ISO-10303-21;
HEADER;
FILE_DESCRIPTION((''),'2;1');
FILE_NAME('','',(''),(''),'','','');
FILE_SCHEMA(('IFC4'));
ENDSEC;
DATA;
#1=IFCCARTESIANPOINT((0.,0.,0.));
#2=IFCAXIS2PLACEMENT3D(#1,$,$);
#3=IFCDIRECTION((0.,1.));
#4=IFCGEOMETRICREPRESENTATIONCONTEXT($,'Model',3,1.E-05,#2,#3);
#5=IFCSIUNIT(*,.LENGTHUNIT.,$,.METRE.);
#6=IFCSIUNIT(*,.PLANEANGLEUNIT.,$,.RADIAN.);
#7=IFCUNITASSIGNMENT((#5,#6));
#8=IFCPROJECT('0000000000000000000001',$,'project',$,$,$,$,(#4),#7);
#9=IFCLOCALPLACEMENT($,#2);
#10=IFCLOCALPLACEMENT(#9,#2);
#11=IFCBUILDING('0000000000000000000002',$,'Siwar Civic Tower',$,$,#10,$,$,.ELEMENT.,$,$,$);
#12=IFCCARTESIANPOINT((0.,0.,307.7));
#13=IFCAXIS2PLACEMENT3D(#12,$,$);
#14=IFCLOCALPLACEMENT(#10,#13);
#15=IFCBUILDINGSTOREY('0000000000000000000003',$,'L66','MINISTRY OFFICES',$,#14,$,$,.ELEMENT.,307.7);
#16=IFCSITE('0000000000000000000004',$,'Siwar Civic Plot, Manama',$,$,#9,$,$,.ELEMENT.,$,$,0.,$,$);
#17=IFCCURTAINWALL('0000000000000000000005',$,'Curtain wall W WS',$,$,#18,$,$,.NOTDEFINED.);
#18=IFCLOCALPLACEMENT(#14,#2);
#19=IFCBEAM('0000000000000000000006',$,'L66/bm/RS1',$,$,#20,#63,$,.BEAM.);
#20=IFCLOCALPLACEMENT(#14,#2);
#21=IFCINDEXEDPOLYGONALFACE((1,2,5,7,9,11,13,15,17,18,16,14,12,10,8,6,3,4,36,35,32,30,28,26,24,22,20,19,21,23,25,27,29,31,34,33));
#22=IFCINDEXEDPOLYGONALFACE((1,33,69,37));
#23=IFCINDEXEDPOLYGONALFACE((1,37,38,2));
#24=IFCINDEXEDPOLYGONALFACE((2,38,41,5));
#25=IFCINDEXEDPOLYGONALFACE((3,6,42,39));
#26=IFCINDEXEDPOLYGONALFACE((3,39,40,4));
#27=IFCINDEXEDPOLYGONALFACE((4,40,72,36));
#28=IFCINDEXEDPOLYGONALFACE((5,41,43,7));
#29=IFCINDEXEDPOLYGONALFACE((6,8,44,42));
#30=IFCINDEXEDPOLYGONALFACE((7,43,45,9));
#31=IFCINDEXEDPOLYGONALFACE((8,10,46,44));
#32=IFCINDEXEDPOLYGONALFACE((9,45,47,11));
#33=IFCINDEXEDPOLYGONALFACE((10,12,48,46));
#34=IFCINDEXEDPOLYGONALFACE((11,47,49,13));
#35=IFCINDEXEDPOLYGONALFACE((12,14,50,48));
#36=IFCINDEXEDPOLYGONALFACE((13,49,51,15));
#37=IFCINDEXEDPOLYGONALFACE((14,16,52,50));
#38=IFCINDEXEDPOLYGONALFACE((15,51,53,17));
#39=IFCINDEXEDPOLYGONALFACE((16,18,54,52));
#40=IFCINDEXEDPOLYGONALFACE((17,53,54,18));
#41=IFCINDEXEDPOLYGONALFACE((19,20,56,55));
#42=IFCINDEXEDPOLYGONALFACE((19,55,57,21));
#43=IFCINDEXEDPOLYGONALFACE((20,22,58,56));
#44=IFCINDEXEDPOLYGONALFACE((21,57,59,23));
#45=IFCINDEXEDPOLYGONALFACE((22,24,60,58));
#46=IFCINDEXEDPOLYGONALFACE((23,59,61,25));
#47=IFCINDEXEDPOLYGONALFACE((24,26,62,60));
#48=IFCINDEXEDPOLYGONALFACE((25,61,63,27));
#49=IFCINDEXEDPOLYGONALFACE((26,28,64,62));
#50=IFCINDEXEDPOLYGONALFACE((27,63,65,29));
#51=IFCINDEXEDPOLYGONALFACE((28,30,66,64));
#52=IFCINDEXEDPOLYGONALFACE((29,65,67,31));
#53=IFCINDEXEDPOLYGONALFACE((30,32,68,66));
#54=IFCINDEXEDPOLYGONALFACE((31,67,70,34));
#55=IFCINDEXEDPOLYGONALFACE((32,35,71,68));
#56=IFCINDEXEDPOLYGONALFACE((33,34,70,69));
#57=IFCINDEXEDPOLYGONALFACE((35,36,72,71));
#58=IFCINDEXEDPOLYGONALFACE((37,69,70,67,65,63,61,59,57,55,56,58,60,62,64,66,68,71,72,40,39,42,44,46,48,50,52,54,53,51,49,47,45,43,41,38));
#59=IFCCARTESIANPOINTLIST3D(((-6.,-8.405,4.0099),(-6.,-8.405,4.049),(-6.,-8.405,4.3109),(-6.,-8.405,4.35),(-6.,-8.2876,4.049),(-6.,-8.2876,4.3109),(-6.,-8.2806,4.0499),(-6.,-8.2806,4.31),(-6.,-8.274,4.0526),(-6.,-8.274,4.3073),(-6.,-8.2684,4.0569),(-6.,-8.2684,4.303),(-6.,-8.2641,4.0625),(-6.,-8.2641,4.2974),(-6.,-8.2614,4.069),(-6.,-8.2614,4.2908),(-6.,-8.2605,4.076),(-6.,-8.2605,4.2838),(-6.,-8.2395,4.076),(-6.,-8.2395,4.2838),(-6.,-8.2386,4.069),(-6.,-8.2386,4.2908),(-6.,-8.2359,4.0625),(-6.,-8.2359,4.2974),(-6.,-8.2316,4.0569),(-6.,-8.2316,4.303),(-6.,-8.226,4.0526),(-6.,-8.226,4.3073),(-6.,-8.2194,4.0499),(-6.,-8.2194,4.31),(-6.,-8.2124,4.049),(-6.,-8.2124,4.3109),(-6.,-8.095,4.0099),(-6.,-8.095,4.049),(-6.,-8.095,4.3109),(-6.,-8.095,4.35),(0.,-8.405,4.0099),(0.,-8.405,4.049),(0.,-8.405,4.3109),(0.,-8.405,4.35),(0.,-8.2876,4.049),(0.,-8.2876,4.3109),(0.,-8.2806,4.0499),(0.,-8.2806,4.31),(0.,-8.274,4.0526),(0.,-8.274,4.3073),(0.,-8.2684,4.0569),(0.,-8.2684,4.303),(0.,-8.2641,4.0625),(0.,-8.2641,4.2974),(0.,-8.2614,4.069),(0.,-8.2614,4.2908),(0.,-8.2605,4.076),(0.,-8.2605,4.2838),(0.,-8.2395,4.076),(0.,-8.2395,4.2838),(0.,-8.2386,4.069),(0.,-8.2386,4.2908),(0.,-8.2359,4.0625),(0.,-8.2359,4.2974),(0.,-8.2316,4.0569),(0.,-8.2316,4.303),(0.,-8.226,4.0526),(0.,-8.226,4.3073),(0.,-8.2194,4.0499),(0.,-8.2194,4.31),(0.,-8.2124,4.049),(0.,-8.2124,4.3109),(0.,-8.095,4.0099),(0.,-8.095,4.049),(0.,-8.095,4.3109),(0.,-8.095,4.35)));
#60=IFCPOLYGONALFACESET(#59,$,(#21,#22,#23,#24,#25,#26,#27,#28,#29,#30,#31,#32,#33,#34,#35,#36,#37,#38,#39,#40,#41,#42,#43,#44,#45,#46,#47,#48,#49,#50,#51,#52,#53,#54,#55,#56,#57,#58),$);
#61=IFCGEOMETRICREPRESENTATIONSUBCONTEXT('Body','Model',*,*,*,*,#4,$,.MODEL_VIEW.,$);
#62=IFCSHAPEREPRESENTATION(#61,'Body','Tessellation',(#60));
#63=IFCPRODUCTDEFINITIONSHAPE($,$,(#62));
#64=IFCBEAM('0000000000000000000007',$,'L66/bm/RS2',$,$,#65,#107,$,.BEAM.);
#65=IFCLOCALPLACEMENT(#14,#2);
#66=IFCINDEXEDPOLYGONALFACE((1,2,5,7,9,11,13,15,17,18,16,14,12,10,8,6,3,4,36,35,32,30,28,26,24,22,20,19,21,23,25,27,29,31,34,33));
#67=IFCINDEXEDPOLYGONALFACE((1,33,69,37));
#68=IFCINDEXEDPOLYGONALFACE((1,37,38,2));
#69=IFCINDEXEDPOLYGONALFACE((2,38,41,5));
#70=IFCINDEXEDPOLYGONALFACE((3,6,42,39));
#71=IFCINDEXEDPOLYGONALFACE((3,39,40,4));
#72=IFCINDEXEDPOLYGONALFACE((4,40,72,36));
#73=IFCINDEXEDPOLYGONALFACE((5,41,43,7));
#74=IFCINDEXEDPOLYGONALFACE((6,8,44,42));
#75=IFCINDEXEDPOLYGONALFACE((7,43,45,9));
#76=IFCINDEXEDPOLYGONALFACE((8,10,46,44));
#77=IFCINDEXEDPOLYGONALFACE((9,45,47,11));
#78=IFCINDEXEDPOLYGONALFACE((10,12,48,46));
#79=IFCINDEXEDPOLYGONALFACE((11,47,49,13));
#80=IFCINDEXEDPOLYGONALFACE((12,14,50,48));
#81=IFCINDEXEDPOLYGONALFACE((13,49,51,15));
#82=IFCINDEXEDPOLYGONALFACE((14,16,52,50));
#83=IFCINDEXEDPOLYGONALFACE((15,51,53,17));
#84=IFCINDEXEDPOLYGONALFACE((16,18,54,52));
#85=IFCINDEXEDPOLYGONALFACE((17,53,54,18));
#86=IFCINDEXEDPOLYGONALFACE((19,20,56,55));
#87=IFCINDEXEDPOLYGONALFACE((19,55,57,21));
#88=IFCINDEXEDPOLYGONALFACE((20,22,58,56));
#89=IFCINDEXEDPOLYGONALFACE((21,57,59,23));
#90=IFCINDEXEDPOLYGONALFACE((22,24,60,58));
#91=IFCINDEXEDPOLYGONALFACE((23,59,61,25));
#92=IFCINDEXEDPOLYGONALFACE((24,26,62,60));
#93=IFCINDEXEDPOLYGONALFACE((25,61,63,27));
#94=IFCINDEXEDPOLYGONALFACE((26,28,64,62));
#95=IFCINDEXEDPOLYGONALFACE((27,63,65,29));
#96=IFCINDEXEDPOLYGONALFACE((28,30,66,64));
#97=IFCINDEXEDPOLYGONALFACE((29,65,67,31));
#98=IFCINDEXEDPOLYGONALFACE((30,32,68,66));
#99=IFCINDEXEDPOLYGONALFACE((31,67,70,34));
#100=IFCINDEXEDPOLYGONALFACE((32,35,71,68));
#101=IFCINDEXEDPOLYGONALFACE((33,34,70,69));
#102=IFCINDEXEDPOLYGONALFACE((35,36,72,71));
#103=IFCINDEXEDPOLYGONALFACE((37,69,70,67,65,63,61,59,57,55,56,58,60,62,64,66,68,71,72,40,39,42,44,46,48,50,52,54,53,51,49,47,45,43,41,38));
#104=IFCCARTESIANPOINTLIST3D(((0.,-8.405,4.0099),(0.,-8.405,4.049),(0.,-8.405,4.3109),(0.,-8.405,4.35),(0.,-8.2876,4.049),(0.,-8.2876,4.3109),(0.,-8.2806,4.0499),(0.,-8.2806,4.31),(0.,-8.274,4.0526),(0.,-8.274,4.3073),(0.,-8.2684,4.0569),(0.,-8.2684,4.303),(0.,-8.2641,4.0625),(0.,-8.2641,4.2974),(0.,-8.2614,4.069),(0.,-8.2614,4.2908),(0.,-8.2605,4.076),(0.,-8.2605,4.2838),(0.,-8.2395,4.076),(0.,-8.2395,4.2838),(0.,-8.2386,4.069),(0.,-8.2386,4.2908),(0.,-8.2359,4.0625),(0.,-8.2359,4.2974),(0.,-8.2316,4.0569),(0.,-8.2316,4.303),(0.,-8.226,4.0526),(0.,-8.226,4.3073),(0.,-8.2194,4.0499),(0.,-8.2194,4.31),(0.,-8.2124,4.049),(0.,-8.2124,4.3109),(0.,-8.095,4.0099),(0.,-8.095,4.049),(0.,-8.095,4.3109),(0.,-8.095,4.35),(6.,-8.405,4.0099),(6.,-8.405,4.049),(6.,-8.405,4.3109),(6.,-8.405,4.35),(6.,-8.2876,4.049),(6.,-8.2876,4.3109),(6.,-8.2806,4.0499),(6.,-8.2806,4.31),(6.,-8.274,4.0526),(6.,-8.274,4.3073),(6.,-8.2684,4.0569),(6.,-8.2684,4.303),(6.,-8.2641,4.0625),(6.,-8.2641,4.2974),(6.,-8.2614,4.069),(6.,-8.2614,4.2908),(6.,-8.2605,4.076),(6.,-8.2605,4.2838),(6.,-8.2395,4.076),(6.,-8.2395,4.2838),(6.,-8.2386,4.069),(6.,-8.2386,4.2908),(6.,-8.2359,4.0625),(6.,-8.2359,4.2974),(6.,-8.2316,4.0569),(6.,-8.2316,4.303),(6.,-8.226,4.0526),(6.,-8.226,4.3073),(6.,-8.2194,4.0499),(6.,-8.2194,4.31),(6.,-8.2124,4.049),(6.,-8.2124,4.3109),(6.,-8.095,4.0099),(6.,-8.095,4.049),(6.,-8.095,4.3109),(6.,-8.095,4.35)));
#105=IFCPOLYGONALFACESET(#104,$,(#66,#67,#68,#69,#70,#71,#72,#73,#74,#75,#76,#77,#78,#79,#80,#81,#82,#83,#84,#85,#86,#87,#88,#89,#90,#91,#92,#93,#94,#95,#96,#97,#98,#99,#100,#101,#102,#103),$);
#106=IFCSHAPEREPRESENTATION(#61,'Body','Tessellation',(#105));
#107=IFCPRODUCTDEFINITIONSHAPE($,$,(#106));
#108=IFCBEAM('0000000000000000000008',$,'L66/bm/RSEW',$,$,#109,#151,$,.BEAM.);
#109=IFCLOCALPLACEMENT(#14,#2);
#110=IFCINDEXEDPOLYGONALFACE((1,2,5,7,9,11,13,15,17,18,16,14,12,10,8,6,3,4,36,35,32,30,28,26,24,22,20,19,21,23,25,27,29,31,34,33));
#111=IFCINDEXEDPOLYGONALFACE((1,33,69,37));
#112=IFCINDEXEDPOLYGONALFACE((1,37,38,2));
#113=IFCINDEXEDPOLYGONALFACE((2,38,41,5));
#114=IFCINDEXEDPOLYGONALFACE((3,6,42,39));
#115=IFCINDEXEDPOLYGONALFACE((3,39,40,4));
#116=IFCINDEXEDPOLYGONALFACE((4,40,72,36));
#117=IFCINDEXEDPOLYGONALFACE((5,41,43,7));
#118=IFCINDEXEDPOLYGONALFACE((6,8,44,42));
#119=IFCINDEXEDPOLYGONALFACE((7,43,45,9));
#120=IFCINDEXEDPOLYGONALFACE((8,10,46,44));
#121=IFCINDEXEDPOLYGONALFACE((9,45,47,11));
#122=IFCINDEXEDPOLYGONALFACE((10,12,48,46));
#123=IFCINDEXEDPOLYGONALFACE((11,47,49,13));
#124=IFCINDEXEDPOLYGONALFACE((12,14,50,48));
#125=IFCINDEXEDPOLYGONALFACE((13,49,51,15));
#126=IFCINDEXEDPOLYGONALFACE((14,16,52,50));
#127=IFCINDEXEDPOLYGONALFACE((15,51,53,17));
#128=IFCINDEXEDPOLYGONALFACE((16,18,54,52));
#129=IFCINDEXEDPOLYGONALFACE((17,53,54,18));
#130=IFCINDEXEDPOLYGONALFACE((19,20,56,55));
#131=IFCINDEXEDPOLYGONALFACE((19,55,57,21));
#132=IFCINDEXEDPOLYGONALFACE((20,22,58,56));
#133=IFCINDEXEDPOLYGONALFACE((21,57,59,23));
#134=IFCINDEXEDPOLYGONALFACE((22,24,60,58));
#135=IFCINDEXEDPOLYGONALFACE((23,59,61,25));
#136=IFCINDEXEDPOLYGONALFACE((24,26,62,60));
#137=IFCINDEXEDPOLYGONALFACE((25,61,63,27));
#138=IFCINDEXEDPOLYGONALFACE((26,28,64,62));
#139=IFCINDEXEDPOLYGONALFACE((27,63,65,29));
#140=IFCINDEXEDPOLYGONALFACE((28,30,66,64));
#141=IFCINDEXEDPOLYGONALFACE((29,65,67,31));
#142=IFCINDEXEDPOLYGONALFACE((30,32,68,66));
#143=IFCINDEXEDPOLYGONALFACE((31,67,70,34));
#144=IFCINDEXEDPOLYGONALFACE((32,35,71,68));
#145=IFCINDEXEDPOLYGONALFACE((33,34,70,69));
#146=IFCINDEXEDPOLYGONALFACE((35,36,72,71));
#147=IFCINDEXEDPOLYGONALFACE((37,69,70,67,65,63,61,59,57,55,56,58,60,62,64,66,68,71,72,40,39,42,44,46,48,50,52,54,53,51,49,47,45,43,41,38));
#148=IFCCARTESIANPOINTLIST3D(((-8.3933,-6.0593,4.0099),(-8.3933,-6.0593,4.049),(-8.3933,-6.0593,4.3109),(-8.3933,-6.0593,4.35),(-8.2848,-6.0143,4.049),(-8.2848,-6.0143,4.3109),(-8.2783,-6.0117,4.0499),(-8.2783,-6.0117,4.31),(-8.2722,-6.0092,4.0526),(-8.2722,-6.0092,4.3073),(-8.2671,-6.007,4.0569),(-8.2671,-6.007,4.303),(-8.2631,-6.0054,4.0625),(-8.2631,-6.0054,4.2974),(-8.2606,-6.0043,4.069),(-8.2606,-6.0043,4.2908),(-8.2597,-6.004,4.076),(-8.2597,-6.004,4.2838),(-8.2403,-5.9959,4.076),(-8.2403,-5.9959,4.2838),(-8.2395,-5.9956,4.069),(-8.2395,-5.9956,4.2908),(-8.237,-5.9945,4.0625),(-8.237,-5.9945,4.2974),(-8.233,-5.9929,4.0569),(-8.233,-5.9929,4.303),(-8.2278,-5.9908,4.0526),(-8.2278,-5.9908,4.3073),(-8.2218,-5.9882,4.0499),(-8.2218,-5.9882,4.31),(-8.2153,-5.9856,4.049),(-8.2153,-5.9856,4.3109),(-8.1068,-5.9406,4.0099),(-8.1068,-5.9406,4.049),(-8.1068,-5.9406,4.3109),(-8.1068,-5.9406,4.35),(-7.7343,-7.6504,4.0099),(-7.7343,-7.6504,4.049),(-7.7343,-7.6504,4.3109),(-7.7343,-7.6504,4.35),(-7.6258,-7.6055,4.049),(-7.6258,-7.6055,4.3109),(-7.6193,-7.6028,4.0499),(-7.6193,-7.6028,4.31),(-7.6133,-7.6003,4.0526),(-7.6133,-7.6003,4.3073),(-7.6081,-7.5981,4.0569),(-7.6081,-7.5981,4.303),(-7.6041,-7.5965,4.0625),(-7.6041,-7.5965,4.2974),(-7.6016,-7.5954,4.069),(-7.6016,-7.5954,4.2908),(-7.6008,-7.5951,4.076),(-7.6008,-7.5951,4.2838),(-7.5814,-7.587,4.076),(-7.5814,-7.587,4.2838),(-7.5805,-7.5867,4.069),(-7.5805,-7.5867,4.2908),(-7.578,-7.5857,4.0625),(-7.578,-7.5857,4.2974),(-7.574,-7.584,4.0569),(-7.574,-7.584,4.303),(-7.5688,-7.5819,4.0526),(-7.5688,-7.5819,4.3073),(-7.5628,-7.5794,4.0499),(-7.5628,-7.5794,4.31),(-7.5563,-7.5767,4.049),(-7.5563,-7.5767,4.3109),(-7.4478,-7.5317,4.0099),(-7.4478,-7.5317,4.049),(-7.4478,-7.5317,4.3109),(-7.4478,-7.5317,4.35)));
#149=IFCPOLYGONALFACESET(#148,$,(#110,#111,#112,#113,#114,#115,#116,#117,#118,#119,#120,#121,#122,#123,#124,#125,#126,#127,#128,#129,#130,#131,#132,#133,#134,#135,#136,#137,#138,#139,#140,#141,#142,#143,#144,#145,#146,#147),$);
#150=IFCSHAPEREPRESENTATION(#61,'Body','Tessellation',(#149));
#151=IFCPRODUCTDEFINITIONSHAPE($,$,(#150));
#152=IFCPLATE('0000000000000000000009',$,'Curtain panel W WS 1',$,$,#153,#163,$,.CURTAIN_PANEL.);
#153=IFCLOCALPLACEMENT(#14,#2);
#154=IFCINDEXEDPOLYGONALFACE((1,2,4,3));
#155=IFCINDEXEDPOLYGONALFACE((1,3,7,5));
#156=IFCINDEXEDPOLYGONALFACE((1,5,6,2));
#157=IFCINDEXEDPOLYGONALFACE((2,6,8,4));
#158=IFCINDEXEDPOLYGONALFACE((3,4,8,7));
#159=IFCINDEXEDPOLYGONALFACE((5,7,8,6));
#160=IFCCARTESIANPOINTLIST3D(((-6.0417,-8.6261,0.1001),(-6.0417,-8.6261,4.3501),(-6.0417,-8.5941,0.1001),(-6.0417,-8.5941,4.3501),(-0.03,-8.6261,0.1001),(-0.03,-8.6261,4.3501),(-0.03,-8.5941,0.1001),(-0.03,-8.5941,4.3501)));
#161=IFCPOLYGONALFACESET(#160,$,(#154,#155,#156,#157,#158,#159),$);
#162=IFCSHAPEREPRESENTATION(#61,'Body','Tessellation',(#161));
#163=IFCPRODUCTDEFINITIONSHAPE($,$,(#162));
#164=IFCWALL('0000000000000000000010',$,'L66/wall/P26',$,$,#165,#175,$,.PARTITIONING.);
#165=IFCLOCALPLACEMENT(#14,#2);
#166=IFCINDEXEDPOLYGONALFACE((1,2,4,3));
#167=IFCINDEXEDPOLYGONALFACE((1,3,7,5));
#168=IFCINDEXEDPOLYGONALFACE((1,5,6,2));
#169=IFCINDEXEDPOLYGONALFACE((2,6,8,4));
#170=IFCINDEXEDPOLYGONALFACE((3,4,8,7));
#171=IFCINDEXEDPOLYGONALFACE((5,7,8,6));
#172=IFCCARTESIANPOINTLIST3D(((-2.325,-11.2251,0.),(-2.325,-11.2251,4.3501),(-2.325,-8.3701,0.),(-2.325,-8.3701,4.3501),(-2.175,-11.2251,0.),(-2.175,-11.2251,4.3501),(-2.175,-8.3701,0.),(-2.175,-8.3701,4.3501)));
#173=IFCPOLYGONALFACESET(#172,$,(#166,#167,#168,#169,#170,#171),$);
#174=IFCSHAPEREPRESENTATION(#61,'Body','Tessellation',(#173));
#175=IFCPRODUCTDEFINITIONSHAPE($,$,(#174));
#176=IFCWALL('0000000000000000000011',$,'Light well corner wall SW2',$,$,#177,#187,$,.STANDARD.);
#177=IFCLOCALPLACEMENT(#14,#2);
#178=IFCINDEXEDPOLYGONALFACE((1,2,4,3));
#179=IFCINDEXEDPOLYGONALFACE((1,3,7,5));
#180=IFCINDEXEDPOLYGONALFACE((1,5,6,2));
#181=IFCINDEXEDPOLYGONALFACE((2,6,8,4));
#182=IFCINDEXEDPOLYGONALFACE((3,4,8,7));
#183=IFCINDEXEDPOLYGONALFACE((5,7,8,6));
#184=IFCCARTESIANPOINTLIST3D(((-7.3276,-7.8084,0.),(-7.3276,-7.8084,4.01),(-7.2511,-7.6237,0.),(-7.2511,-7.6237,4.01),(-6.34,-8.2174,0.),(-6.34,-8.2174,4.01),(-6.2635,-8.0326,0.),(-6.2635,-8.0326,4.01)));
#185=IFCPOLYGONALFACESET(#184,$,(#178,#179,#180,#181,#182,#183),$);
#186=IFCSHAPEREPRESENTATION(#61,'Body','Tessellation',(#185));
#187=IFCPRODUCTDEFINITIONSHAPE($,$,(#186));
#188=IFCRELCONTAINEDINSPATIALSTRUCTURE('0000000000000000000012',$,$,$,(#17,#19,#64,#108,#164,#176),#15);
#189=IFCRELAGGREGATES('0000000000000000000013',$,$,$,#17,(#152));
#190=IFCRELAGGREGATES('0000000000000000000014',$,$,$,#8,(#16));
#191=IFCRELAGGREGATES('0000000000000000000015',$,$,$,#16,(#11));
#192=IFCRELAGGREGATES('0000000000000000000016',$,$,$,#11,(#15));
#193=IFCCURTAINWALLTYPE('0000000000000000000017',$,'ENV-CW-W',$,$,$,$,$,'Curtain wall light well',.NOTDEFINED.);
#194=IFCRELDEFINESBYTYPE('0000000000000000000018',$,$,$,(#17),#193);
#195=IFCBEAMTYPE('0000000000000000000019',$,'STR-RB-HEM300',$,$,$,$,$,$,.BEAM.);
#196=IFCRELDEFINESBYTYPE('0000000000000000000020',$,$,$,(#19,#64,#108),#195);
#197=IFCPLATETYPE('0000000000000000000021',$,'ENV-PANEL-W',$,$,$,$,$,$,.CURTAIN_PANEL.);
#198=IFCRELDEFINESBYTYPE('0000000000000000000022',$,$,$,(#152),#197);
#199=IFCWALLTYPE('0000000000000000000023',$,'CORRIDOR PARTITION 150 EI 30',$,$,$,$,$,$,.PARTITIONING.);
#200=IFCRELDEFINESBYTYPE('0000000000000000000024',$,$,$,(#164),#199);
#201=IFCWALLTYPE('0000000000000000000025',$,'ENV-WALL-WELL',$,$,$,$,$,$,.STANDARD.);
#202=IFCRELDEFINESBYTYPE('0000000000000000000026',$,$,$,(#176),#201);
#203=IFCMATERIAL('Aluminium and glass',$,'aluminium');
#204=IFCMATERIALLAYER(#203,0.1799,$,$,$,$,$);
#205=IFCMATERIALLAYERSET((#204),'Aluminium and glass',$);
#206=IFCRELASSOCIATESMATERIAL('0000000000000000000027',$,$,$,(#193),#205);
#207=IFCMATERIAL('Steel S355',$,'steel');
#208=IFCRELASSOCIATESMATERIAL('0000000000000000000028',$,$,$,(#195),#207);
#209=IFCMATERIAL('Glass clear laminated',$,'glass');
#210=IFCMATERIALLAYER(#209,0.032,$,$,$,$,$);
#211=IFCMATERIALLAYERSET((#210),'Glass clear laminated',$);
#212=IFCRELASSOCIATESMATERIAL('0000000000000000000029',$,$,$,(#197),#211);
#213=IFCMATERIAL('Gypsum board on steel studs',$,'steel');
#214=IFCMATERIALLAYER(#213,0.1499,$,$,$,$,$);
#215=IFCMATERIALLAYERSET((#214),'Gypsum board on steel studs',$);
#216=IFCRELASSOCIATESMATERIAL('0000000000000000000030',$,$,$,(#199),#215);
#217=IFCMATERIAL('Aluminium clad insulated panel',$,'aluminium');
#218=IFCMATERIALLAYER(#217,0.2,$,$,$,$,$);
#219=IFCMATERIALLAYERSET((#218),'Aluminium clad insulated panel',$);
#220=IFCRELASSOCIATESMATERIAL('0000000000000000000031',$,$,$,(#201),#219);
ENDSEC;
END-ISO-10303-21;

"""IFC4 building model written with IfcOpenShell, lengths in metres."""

from ifc_helpers import new_model, si_unit, direction, frame, frame_2d, origin, origin_2d, place, context, subcontext, project, spatial, rectangle, i_section, extrude, material, layer, layer_set, material_profile, profile_set, type_object, element, aggregate, save


model = new_model("IFC4")

# Units and contexts
model_context = context("Model", 3, precision=1e-05, world=origin(), true_north=direction((0.0, 1.0)))
body_context = subcontext(model_context, "Body", "Model", "MODEL_VIEW")
ifc_project = project(units=[si_unit("LENGTHUNIT", "METRE"), si_unit("PLANEANGLEUNIT", "RADIAN")], contexts=[model_context])

# Site, building, storey
site_placement = place(None, origin())
site = spatial("IfcSite", under=ifc_project, at=site_placement, Name="Siwar Civic Plot, Manama", CompositionType="ELEMENT", RefElevation=0.0)
building_placement = place(site_placement, origin())
building = spatial("IfcBuilding", under=site, at=building_placement, Name="Siwar Civic Tower", CompositionType="ELEMENT")
storey_placement = place(building_placement, frame((0.0, 0.0, 307.7)))
storey = spatial("IfcBuildingStorey", under=building, at=storey_placement, Name="L66", Description="MINISTRY OFFICES", CompositionType="ELEMENT", Elevation=307.7)

# Curtain wall
ifc_material_1 = material(Name="Aluminium and glass", Category="aluminium")
ifc_layer_1 = layer(ifc_material_1, 0.1799)
ifc_layer_set_1 = layer_set([ifc_layer_1], Name="Aluminium and glass")
curtain_wall_type = type_object("IfcCurtainWallType", Name="ENV-CW-W", ElementType="Curtain wall light well", PredefinedType="NOTDEFINED", material=ifc_layer_set_1)
curtain_wall_placement = place(storey_placement, origin())
curtain_wall = element("IfcCurtainWall", 1, at=curtain_wall_placement, inside=storey, type_object=curtain_wall_type, Name="Curtain wall W WS", PredefinedType="NOTDEFINED")

# Beams
ifc_material_2 = material(Name="Steel S355", Category="steel")
ifc_material_profile_1 = material_profile(ifc_material_2, i_section(OverallWidth=0.3101, OverallDepth=0.3401, WebThickness=0.021, FlangeThickness=0.0391, FilletRadius=0.0271, at=origin_2d()), Name="HEM300")
ifc_profile_set_1 = profile_set([ifc_material_profile_1], Name="Steel S355")
beam_type_1 = type_object("IfcBeamType", Name="STR-RB-HEM300", PredefinedType="BEAM", material=ifc_profile_set_1)
for number, where, z_axis, x_axis, name in (
    (2, (-6.0, -8.25, 4.1799), (1.0, 0.0, 0.0), (0.0, 1.0, 0.0), "L66/bm/RS1"),
    (3, (0.0, -8.25, 4.1799), (1.0, 0.0, 0.0), (0.0, 1.0, 0.0), "L66/bm/RS2"),
):
    element("IfcBeam", number, at=place(storey_placement, frame(where, z_axis=z_axis, x_axis=x_axis)), inside=storey, type_object=beam_type_1, Name=name, PredefinedType="BEAM", context=body_context, shape_type="SweptSolid", body=[
        extrude(i_section(OverallWidth=0.3101, OverallDepth=0.3401, WebThickness=0.021, FlangeThickness=0.0391, FilletRadius=0.0271, at=origin_2d()), origin(), (0.0, 0.0, 1.0), 6.0),
    ])
beam_1_placement = place(storey_placement, frame((-7.5911, -7.5911, 4.1799), z_axis=(-0.382631, 0.923901, 0.0), x_axis=(-0.923901, -0.382631, 0.0)))
element("IfcBeam", 4, at=beam_1_placement, inside=storey, type_object=beam_type_1, Name="L66/bm/RSEW", PredefinedType="BEAM", context=body_context, shape_type="SweptSolid", body=[
    extrude(i_section(OverallWidth=0.3101, OverallDepth=0.3401, WebThickness=0.021, FlangeThickness=0.0391, FilletRadius=0.0271, at=origin_2d()), origin(), (0.0, 0.0, 1.0), 1.7222),
])

# Plate
ifc_material_3 = material(Name="Glass clear laminated", Category="glass")
ifc_layer_2 = layer(ifc_material_3, 0.032)
ifc_layer_set_2 = layer_set([ifc_layer_2], Name="Glass clear laminated")
plate_type = type_object("IfcPlateType", Name="ENV-PANEL-W", PredefinedType="CURTAIN_PANEL", material=ifc_layer_set_2)
plate_placement = place(storey_placement, frame((-3.0359, -8.6101, 0.1001), z_axis=(0.0, 0.0, 1.0), x_axis=(1.0, 0.0, 0.0)))
plate = element("IfcPlate", 5, at=plate_placement, type_object=plate_type, Name="Curtain panel W WS 1", PredefinedType="CURTAIN_PANEL", context=body_context, shape_type="SweptSolid", body=[
    extrude(rectangle(XDim=6.0117, YDim=0.032, at=origin_2d()), origin(), (0.0, 0.0, 1.0), 4.25),
])
aggregate(curtain_wall, [plate])

# Walls
ifc_material_4 = material(Name="Gypsum board on steel studs", Category="steel")
ifc_layer_3 = layer(ifc_material_4, 0.1499)
ifc_layer_set_3 = layer_set([ifc_layer_3], Name="Gypsum board on steel studs")
wall_type_1 = type_object("IfcWallType", Name="CORRIDOR PARTITION 150 EI 30", PredefinedType="PARTITIONING", material=ifc_layer_set_3)
wall_1_placement = place(storey_placement, frame((-2.25, -11.2251, 0.0), z_axis=(0.0, 0.0, 1.0), x_axis=(0.0, 1.0, 0.0)))
element("IfcWall", 6, at=wall_1_placement, inside=storey, type_object=wall_type_1, Name="L66/wall/P26", PredefinedType="PARTITIONING", context=body_context, shape_type="SweptSolid", body=[
    extrude(rectangle(XDim=2.855, YDim=0.1499, at=frame_2d((1.4275, 0.0))), origin(), (0.0, 0.0, 1.0), 4.3501),
])
ifc_material_5 = material(Name="Aluminium clad insulated panel", Category="aluminium")
ifc_layer_4 = layer(ifc_material_5, 0.2)
ifc_layer_set_4 = layer_set([ifc_layer_4], Name="Aluminium clad insulated panel")
wall_type_2 = type_object("IfcWallType", Name="ENV-WALL-WELL", PredefinedType="STANDARD", material=ifc_layer_set_4)
wall_2_placement = place(storey_placement, frame((-7.2893, -7.7161, 0.0), z_axis=(0.0, 0.0, 1.0), x_axis=(0.923919, -0.382587, 0.0)))
element("IfcWall", 7, at=wall_2_placement, inside=storey, type_object=wall_type_2, Name="Light well corner wall SW2", PredefinedType="STANDARD", context=body_context, shape_type="SweptSolid", body=[
    extrude(rectangle(XDim=1.0688, YDim=0.2, at=frame_2d((0.5344, 0.0))), origin(), (0.0, 0.0, 1.0), 4.01),
])

save(model, "model.ifc")
